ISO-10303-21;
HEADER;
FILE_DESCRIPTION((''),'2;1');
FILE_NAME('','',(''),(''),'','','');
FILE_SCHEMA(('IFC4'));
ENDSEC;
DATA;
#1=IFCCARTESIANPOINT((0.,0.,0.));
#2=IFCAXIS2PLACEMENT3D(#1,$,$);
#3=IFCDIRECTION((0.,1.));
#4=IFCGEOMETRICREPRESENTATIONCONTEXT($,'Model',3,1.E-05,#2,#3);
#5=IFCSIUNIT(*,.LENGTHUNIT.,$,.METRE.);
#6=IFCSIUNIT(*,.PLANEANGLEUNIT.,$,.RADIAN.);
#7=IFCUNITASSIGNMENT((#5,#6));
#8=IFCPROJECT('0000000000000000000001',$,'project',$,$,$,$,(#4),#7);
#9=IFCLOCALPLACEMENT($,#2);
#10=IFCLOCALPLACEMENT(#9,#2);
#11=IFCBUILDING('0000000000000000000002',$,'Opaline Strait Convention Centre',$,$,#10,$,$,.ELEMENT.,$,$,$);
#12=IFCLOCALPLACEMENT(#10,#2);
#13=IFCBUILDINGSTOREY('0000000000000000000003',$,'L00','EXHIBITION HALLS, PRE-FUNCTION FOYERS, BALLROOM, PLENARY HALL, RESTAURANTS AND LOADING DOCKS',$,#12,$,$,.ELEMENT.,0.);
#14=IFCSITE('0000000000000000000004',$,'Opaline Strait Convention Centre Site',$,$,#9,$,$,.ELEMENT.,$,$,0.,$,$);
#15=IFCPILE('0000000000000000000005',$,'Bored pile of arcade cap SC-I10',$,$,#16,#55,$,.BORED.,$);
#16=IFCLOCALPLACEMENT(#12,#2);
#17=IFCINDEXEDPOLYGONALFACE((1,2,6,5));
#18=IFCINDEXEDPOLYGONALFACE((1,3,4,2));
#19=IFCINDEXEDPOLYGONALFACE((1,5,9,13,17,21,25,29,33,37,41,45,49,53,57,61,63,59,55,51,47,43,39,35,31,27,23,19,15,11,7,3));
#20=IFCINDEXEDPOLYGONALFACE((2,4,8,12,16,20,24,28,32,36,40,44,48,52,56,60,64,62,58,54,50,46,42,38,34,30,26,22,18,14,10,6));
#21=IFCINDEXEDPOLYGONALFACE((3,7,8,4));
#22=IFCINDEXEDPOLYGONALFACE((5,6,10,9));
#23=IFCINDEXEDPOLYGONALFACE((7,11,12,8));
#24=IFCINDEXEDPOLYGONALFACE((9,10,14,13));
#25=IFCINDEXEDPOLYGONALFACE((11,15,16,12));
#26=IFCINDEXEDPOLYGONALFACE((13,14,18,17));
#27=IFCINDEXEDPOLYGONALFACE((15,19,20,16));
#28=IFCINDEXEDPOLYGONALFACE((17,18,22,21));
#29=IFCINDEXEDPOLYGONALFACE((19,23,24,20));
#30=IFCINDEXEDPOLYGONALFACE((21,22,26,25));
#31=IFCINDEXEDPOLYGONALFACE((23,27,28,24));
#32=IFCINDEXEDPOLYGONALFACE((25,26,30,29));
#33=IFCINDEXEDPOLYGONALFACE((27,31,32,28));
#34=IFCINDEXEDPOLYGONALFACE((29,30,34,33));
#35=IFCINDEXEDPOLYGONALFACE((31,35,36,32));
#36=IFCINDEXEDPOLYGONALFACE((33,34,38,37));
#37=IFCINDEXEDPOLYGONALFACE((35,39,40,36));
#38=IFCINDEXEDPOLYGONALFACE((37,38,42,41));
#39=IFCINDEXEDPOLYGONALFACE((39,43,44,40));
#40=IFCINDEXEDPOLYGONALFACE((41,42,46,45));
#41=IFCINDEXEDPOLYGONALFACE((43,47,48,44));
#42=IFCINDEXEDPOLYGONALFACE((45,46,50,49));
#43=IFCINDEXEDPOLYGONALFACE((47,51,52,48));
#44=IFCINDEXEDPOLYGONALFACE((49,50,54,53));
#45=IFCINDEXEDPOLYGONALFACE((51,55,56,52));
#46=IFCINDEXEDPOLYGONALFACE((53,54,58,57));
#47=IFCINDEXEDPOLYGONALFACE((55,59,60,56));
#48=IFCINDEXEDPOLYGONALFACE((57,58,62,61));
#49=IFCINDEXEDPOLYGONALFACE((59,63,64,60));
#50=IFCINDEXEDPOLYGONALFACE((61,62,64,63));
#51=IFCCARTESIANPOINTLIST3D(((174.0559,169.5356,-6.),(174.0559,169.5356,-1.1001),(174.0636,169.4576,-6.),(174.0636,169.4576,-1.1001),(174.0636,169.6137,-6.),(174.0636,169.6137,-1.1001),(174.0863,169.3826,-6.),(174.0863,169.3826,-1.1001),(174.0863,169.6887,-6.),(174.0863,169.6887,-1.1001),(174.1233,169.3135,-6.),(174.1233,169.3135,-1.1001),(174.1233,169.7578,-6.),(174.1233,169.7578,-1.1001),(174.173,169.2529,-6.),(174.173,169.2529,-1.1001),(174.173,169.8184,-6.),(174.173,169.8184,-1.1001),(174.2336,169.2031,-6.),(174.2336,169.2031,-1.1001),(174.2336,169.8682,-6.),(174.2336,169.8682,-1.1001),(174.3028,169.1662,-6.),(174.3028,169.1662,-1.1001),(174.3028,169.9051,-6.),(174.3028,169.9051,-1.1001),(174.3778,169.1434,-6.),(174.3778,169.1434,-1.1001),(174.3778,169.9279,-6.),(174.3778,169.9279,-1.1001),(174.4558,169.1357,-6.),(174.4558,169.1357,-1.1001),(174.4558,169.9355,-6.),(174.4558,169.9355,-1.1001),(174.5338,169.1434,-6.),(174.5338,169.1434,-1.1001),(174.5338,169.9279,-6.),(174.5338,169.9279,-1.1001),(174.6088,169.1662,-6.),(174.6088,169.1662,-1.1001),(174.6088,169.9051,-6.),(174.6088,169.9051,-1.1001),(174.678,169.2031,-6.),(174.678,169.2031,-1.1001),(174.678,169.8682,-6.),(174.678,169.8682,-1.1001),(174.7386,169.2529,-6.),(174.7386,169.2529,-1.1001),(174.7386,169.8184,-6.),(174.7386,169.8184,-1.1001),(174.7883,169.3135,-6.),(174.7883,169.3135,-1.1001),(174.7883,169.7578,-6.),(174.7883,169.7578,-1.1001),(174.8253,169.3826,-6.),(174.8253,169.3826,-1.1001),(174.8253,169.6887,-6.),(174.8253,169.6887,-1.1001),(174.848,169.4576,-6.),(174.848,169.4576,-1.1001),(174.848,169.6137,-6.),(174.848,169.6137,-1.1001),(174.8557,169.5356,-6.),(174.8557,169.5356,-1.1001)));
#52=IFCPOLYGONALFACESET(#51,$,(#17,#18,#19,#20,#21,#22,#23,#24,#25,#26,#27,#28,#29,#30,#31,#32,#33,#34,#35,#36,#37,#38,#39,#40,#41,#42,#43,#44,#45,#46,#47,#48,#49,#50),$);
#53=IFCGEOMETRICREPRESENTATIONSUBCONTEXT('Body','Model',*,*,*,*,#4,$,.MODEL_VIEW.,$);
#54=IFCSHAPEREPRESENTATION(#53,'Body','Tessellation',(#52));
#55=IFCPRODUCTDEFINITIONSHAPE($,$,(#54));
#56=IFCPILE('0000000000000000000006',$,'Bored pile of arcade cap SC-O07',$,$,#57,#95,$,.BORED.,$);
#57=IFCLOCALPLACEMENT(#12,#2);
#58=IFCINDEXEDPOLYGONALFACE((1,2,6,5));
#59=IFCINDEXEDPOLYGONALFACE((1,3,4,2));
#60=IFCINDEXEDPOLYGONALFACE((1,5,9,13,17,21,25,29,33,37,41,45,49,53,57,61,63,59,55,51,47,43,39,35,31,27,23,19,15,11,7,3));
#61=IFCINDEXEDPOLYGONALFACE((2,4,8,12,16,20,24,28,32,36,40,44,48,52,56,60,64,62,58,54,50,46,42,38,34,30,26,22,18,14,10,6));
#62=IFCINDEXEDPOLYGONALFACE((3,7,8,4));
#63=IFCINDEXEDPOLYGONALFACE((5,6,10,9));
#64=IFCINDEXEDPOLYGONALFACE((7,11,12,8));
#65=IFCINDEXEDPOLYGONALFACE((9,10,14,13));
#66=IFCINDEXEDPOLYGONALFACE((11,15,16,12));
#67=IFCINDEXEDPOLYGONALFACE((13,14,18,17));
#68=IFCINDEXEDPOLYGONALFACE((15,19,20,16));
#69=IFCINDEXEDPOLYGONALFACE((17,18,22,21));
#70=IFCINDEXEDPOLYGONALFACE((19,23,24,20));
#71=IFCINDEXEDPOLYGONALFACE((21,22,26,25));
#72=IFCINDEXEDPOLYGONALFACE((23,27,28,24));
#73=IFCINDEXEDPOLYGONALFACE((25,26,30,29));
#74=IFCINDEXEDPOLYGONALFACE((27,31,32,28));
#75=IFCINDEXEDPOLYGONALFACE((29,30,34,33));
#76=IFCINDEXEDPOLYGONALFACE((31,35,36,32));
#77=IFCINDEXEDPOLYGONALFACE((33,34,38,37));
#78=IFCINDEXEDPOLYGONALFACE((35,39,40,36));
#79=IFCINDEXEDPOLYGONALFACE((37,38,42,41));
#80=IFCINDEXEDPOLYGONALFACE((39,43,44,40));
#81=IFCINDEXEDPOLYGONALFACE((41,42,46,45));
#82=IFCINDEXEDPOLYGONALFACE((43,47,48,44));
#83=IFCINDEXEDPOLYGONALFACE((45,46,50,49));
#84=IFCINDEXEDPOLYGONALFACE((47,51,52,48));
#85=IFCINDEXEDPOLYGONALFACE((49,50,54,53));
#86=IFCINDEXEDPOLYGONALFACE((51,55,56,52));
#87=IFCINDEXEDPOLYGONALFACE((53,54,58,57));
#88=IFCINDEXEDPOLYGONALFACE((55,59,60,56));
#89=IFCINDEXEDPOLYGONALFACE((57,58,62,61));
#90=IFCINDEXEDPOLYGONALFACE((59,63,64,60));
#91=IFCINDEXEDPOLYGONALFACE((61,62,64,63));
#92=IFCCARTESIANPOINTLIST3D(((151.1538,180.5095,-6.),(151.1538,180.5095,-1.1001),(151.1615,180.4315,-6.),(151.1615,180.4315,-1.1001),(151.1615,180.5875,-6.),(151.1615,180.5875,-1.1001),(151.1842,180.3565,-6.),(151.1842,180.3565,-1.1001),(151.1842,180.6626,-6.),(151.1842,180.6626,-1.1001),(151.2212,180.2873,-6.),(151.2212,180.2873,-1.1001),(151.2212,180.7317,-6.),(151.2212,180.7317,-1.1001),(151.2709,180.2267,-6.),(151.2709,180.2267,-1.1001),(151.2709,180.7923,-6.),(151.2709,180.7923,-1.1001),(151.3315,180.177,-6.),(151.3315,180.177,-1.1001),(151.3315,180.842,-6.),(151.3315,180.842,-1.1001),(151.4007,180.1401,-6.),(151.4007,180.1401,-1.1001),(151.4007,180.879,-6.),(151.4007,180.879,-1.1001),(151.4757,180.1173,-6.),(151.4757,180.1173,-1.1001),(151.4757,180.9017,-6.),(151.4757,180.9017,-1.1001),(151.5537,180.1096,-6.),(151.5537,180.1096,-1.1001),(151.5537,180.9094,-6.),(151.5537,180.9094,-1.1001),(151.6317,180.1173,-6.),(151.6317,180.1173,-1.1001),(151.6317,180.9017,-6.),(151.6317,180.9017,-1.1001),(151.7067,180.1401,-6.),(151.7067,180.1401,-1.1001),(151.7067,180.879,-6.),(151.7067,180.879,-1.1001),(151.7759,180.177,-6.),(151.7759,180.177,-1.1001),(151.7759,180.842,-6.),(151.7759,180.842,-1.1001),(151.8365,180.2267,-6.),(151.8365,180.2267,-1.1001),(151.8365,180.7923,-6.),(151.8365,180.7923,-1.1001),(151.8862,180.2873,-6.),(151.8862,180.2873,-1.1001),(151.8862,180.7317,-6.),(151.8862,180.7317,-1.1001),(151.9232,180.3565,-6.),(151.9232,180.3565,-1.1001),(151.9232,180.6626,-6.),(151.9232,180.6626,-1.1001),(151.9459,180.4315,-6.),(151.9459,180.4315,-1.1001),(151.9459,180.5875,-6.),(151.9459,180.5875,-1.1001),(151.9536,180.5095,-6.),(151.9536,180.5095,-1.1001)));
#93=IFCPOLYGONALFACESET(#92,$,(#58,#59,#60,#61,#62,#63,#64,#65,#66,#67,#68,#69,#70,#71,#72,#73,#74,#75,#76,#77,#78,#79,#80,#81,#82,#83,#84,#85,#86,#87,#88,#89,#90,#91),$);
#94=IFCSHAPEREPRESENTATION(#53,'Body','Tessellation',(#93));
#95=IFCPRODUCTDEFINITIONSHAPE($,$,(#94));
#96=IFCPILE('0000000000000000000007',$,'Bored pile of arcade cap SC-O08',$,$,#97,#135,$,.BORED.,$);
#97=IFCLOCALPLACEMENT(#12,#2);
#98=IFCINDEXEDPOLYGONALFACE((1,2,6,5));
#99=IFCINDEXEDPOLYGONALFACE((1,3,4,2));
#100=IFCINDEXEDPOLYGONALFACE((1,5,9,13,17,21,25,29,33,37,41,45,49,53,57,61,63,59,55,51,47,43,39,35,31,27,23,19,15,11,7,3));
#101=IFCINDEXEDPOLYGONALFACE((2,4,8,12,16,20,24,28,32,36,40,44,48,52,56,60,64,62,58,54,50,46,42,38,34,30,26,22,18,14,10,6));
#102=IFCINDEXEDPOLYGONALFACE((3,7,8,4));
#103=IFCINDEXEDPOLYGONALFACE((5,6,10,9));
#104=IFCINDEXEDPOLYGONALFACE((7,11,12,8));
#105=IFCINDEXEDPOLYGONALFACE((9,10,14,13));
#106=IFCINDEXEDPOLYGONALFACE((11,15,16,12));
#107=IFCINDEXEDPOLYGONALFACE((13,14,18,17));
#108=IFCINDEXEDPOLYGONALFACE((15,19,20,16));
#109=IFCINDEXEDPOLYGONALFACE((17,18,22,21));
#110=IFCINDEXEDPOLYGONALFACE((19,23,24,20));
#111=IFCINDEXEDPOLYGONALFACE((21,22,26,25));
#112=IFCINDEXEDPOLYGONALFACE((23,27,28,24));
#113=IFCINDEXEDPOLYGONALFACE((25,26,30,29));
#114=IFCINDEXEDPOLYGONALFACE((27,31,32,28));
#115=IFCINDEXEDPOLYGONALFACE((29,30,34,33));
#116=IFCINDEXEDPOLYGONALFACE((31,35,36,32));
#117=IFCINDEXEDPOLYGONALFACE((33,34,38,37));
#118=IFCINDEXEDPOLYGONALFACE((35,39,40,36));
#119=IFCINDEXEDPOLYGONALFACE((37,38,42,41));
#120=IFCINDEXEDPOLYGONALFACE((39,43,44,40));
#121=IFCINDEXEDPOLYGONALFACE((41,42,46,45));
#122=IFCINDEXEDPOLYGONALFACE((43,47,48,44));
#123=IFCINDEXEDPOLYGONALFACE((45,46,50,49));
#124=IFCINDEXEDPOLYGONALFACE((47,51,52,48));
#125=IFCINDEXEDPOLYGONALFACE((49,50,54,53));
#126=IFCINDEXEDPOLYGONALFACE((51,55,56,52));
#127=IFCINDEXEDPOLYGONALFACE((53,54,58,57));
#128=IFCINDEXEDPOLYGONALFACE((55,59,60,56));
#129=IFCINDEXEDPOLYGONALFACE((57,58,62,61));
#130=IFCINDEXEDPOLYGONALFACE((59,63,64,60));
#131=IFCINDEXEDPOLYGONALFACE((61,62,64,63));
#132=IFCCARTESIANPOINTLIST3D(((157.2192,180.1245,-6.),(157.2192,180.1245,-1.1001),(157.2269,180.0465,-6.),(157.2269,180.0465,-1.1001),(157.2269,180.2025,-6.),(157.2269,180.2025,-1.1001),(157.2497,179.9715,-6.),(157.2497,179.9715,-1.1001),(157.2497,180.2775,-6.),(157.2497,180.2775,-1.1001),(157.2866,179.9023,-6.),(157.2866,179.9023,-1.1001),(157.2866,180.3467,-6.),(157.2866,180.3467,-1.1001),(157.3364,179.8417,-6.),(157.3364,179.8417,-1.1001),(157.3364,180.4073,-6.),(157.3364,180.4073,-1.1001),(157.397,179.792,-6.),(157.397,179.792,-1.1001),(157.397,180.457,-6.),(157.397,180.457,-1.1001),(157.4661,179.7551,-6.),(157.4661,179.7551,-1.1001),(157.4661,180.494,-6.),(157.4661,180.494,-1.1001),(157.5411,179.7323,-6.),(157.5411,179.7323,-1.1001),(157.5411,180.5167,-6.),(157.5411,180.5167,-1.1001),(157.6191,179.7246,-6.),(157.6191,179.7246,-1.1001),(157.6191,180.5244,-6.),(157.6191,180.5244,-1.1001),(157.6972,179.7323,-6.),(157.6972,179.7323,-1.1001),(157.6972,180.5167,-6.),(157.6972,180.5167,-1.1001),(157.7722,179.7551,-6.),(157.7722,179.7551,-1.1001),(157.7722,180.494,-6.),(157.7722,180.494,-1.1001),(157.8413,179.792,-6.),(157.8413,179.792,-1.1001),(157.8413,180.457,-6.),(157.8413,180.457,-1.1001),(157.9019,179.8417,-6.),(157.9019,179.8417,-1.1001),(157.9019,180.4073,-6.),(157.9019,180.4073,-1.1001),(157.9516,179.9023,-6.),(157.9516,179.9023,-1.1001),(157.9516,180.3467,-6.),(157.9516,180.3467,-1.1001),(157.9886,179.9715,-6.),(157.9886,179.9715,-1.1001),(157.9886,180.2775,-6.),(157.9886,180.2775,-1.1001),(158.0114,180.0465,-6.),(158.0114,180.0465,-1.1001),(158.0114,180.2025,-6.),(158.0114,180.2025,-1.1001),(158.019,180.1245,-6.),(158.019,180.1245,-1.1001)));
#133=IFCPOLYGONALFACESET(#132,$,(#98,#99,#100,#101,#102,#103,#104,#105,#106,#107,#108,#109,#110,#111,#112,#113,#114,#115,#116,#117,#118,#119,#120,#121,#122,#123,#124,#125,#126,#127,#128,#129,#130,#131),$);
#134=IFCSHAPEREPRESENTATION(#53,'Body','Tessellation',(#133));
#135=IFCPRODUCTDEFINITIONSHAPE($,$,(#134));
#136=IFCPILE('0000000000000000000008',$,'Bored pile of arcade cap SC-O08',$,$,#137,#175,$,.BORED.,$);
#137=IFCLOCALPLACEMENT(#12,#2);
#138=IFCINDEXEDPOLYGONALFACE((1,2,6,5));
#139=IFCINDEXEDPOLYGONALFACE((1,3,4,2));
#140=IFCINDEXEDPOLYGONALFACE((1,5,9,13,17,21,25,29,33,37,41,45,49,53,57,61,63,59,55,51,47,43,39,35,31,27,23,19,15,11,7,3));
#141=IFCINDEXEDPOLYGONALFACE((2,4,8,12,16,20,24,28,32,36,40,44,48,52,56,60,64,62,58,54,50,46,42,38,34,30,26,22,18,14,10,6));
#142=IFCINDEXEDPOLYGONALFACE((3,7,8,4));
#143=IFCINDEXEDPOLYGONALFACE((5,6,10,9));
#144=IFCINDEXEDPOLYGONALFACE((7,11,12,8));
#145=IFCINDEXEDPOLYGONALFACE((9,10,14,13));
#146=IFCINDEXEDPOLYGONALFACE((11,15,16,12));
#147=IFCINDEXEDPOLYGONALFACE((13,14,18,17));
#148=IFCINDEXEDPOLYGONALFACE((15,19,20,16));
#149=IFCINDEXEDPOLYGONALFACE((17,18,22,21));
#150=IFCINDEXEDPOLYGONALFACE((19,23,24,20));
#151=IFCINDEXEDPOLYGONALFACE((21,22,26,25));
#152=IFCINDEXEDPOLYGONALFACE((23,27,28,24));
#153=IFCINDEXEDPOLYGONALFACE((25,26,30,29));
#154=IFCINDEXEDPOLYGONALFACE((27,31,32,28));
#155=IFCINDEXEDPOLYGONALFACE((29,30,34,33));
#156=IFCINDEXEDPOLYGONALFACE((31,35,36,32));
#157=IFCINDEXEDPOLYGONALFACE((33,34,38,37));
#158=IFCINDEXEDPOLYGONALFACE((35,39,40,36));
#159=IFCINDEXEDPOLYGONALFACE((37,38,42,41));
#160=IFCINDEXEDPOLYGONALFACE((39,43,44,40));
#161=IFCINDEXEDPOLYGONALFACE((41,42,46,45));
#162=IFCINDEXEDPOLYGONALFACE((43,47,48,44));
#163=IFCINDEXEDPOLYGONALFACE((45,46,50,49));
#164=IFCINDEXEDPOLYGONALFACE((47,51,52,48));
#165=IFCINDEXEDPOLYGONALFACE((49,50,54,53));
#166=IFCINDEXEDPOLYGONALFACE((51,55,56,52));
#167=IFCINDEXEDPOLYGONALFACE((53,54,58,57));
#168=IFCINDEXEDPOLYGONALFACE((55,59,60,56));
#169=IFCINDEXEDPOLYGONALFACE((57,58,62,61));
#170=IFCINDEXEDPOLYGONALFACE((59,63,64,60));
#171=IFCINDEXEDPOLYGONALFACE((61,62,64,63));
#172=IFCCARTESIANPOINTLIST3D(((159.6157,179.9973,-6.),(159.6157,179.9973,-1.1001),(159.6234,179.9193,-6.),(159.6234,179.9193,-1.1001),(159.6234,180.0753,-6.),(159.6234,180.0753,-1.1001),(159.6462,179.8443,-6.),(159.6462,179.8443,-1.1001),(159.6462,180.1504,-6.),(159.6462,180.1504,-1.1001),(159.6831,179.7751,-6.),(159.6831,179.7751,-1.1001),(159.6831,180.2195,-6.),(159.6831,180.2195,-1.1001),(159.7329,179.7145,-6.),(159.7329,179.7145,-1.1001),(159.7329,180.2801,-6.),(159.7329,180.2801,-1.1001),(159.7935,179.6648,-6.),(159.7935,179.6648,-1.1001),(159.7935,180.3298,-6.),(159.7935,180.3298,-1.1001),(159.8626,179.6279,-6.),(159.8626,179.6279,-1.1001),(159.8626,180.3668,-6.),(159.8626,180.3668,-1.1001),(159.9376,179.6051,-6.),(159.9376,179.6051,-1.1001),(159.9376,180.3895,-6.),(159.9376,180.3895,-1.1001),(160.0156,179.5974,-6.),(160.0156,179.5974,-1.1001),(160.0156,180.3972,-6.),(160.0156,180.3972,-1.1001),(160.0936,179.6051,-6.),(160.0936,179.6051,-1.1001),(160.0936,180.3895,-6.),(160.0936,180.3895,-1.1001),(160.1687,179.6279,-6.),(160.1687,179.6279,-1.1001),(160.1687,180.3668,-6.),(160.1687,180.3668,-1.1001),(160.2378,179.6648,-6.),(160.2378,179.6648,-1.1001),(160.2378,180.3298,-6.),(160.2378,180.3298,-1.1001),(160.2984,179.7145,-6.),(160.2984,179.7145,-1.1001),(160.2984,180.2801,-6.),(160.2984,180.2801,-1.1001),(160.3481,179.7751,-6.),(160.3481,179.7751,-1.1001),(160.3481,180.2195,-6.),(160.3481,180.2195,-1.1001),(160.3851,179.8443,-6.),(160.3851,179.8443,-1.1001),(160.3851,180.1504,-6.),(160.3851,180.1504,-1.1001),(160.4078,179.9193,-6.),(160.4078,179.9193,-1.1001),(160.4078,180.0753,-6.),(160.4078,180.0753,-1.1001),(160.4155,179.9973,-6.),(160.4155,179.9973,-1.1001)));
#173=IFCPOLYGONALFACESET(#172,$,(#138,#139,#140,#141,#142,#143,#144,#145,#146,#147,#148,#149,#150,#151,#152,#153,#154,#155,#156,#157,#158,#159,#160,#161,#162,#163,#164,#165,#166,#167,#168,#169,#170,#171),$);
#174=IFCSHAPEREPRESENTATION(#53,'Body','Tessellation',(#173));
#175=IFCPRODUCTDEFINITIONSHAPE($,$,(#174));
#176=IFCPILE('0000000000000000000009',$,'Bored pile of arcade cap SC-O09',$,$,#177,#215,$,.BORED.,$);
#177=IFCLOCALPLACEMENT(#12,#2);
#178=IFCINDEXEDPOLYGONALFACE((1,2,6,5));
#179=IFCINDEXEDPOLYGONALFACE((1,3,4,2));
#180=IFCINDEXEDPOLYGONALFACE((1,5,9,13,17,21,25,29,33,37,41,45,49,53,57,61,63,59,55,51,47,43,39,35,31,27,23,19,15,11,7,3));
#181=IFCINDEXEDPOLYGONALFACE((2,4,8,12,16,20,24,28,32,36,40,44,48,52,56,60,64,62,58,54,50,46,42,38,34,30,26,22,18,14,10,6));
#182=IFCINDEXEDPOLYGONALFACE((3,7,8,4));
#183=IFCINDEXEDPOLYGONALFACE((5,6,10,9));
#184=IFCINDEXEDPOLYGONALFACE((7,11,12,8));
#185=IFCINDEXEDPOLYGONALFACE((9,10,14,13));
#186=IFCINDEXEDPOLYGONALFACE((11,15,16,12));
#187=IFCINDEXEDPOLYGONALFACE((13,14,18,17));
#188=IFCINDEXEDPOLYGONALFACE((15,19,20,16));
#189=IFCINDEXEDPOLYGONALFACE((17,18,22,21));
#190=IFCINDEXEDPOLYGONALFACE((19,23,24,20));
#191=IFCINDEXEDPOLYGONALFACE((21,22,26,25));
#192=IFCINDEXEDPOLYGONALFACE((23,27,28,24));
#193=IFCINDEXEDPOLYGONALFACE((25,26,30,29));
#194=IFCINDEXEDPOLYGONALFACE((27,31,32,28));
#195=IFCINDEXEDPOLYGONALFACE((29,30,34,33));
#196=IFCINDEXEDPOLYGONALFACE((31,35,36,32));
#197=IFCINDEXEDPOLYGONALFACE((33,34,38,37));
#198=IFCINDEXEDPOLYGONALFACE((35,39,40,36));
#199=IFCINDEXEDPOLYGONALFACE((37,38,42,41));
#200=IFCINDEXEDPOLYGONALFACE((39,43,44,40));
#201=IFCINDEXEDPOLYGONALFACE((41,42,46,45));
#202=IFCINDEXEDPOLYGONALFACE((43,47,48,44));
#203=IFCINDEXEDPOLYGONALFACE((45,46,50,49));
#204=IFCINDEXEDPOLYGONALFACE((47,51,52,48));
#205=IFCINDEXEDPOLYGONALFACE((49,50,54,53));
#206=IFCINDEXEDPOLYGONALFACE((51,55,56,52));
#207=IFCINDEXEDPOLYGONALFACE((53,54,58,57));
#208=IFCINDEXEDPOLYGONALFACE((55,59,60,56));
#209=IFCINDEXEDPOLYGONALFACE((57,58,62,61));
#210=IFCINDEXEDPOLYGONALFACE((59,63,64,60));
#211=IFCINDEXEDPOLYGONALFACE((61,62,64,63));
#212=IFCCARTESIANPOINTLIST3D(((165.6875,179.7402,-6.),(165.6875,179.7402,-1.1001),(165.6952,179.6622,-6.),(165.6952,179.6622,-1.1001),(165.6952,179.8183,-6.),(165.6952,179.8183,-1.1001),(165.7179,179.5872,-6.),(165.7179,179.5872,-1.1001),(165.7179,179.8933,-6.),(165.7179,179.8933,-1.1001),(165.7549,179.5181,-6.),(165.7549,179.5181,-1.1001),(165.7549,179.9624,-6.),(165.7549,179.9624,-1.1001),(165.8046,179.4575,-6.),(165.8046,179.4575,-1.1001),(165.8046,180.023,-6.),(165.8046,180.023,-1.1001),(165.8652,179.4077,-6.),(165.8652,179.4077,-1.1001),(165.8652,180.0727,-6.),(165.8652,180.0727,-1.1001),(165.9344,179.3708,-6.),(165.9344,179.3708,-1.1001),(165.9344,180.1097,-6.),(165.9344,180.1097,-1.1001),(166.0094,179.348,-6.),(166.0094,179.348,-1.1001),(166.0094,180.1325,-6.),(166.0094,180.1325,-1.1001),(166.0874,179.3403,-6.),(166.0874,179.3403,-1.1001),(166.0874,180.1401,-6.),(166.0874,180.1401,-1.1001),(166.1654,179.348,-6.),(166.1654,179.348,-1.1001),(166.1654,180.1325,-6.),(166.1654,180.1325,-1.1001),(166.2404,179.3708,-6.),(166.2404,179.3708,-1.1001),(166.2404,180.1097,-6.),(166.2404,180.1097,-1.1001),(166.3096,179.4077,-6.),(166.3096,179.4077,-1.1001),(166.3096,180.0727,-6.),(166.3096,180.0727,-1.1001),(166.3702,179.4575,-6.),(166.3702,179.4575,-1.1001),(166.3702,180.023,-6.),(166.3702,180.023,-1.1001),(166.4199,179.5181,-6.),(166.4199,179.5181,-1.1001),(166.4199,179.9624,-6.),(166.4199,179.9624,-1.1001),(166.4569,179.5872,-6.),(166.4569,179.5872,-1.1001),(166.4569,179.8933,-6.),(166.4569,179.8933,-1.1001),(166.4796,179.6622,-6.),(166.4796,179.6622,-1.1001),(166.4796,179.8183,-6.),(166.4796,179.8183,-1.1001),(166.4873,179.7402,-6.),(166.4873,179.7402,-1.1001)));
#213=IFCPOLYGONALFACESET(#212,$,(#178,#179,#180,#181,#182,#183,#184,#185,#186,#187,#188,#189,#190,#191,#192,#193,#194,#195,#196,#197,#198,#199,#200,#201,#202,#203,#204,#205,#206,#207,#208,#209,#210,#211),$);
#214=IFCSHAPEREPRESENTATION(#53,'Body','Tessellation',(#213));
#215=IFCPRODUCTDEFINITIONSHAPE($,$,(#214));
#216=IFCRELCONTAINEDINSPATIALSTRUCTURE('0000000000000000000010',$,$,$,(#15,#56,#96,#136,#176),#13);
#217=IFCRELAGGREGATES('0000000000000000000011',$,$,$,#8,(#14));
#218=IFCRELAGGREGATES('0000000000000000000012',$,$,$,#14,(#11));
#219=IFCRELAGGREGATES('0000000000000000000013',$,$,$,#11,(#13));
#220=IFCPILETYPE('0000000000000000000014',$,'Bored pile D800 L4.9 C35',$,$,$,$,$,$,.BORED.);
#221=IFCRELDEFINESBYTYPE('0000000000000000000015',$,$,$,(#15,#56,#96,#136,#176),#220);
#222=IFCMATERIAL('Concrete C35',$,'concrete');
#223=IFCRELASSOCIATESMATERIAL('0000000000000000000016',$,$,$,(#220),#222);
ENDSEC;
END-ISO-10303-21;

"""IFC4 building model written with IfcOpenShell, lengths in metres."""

from ifc_helpers import new_model, si_unit, direction, frame, origin, origin_2d, place, context, subcontext, project, spatial, circle, extrude, material, material_profile, profile_set, type_object, element, save


model = new_model("IFC4")

# Units and contexts
model_context = context("Model", 3, precision=1e-05, world=origin(), true_north=direction((0.0, 1.0)))
body_context = subcontext(model_context, "Body", "Model", "MODEL_VIEW")
ifc_project = project(units=[si_unit("LENGTHUNIT", "METRE"), si_unit("PLANEANGLEUNIT", "RADIAN")], contexts=[model_context])

# Site, building, storey
site_placement = place(None, origin())
site = spatial("IfcSite", under=ifc_project, at=site_placement, Name="Opaline Strait Convention Centre Site", CompositionType="ELEMENT", RefElevation=0.0)
building_placement = place(site_placement, origin())
building = spatial("IfcBuilding", under=site, at=building_placement, Name="Opaline Strait Convention Centre", CompositionType="ELEMENT")
storey_placement = place(building_placement, origin())
storey = spatial("IfcBuildingStorey", under=building, at=storey_placement, Name="L00", Description="EXHIBITION HALLS, PRE-FUNCTION FOYERS, BALLROOM, PLENARY HALL, RESTAURANTS AND LOADING DOCKS", CompositionType="ELEMENT", Elevation=0.0)

# Piles
ifc_material_1 = material(Name="Concrete C35", Category="concrete")
ifc_material_profile_1 = material_profile(ifc_material_1, circle(Radius=0.3999, at=origin_2d()), Name="D800")
ifc_profile_set_1 = profile_set([ifc_material_profile_1], Name="Concrete C35")
pile_type_1 = type_object("IfcPileType", Name="Bored pile D800 L4.9 C35", PredefinedType="BORED", material=ifc_profile_set_1)
for number, where, z_axis, x_axis, name in (
    (1, (174.4558, 169.5356, -1.1001), (0.0, 0.0, -1.0), (1.0, 0.0, 0.0), "Bored pile of arcade cap SC-I10"),
    (2, (151.5537, 180.5095, -1.1001), (0.0, 0.0, -1.0), (1.0, 0.0, 0.0), "Bored pile of arcade cap SC-O07"),
    (3, (157.6191, 180.1245, -1.1001), (0.0, 0.0, -1.0), (1.0, 0.0, 0.0), "Bored pile of arcade cap SC-O08"),
    (4, (160.0156, 179.9973, -1.1001), (0.0, 0.0, -1.0), (1.0, 0.0, 0.0), "Bored pile of arcade cap SC-O08"),
    (5, (166.0874, 179.7402, -1.1001), (0.0, 0.0, -1.0), (1.0, 0.0, 0.0), "Bored pile of arcade cap SC-O09"),
):
    element("IfcPile", number, at=place(storey_placement, frame(where, z_axis=z_axis, x_axis=x_axis)), inside=storey, type_object=pile_type_1, Name=name, PredefinedType="BORED", context=body_context, shape_type="SweptSolid", body=[
        extrude(circle(Radius=0.3999, at=origin_2d()), origin(), (0.0, 0.0, 1.0), 4.8999),
    ])

save(model, "model.ifc")
